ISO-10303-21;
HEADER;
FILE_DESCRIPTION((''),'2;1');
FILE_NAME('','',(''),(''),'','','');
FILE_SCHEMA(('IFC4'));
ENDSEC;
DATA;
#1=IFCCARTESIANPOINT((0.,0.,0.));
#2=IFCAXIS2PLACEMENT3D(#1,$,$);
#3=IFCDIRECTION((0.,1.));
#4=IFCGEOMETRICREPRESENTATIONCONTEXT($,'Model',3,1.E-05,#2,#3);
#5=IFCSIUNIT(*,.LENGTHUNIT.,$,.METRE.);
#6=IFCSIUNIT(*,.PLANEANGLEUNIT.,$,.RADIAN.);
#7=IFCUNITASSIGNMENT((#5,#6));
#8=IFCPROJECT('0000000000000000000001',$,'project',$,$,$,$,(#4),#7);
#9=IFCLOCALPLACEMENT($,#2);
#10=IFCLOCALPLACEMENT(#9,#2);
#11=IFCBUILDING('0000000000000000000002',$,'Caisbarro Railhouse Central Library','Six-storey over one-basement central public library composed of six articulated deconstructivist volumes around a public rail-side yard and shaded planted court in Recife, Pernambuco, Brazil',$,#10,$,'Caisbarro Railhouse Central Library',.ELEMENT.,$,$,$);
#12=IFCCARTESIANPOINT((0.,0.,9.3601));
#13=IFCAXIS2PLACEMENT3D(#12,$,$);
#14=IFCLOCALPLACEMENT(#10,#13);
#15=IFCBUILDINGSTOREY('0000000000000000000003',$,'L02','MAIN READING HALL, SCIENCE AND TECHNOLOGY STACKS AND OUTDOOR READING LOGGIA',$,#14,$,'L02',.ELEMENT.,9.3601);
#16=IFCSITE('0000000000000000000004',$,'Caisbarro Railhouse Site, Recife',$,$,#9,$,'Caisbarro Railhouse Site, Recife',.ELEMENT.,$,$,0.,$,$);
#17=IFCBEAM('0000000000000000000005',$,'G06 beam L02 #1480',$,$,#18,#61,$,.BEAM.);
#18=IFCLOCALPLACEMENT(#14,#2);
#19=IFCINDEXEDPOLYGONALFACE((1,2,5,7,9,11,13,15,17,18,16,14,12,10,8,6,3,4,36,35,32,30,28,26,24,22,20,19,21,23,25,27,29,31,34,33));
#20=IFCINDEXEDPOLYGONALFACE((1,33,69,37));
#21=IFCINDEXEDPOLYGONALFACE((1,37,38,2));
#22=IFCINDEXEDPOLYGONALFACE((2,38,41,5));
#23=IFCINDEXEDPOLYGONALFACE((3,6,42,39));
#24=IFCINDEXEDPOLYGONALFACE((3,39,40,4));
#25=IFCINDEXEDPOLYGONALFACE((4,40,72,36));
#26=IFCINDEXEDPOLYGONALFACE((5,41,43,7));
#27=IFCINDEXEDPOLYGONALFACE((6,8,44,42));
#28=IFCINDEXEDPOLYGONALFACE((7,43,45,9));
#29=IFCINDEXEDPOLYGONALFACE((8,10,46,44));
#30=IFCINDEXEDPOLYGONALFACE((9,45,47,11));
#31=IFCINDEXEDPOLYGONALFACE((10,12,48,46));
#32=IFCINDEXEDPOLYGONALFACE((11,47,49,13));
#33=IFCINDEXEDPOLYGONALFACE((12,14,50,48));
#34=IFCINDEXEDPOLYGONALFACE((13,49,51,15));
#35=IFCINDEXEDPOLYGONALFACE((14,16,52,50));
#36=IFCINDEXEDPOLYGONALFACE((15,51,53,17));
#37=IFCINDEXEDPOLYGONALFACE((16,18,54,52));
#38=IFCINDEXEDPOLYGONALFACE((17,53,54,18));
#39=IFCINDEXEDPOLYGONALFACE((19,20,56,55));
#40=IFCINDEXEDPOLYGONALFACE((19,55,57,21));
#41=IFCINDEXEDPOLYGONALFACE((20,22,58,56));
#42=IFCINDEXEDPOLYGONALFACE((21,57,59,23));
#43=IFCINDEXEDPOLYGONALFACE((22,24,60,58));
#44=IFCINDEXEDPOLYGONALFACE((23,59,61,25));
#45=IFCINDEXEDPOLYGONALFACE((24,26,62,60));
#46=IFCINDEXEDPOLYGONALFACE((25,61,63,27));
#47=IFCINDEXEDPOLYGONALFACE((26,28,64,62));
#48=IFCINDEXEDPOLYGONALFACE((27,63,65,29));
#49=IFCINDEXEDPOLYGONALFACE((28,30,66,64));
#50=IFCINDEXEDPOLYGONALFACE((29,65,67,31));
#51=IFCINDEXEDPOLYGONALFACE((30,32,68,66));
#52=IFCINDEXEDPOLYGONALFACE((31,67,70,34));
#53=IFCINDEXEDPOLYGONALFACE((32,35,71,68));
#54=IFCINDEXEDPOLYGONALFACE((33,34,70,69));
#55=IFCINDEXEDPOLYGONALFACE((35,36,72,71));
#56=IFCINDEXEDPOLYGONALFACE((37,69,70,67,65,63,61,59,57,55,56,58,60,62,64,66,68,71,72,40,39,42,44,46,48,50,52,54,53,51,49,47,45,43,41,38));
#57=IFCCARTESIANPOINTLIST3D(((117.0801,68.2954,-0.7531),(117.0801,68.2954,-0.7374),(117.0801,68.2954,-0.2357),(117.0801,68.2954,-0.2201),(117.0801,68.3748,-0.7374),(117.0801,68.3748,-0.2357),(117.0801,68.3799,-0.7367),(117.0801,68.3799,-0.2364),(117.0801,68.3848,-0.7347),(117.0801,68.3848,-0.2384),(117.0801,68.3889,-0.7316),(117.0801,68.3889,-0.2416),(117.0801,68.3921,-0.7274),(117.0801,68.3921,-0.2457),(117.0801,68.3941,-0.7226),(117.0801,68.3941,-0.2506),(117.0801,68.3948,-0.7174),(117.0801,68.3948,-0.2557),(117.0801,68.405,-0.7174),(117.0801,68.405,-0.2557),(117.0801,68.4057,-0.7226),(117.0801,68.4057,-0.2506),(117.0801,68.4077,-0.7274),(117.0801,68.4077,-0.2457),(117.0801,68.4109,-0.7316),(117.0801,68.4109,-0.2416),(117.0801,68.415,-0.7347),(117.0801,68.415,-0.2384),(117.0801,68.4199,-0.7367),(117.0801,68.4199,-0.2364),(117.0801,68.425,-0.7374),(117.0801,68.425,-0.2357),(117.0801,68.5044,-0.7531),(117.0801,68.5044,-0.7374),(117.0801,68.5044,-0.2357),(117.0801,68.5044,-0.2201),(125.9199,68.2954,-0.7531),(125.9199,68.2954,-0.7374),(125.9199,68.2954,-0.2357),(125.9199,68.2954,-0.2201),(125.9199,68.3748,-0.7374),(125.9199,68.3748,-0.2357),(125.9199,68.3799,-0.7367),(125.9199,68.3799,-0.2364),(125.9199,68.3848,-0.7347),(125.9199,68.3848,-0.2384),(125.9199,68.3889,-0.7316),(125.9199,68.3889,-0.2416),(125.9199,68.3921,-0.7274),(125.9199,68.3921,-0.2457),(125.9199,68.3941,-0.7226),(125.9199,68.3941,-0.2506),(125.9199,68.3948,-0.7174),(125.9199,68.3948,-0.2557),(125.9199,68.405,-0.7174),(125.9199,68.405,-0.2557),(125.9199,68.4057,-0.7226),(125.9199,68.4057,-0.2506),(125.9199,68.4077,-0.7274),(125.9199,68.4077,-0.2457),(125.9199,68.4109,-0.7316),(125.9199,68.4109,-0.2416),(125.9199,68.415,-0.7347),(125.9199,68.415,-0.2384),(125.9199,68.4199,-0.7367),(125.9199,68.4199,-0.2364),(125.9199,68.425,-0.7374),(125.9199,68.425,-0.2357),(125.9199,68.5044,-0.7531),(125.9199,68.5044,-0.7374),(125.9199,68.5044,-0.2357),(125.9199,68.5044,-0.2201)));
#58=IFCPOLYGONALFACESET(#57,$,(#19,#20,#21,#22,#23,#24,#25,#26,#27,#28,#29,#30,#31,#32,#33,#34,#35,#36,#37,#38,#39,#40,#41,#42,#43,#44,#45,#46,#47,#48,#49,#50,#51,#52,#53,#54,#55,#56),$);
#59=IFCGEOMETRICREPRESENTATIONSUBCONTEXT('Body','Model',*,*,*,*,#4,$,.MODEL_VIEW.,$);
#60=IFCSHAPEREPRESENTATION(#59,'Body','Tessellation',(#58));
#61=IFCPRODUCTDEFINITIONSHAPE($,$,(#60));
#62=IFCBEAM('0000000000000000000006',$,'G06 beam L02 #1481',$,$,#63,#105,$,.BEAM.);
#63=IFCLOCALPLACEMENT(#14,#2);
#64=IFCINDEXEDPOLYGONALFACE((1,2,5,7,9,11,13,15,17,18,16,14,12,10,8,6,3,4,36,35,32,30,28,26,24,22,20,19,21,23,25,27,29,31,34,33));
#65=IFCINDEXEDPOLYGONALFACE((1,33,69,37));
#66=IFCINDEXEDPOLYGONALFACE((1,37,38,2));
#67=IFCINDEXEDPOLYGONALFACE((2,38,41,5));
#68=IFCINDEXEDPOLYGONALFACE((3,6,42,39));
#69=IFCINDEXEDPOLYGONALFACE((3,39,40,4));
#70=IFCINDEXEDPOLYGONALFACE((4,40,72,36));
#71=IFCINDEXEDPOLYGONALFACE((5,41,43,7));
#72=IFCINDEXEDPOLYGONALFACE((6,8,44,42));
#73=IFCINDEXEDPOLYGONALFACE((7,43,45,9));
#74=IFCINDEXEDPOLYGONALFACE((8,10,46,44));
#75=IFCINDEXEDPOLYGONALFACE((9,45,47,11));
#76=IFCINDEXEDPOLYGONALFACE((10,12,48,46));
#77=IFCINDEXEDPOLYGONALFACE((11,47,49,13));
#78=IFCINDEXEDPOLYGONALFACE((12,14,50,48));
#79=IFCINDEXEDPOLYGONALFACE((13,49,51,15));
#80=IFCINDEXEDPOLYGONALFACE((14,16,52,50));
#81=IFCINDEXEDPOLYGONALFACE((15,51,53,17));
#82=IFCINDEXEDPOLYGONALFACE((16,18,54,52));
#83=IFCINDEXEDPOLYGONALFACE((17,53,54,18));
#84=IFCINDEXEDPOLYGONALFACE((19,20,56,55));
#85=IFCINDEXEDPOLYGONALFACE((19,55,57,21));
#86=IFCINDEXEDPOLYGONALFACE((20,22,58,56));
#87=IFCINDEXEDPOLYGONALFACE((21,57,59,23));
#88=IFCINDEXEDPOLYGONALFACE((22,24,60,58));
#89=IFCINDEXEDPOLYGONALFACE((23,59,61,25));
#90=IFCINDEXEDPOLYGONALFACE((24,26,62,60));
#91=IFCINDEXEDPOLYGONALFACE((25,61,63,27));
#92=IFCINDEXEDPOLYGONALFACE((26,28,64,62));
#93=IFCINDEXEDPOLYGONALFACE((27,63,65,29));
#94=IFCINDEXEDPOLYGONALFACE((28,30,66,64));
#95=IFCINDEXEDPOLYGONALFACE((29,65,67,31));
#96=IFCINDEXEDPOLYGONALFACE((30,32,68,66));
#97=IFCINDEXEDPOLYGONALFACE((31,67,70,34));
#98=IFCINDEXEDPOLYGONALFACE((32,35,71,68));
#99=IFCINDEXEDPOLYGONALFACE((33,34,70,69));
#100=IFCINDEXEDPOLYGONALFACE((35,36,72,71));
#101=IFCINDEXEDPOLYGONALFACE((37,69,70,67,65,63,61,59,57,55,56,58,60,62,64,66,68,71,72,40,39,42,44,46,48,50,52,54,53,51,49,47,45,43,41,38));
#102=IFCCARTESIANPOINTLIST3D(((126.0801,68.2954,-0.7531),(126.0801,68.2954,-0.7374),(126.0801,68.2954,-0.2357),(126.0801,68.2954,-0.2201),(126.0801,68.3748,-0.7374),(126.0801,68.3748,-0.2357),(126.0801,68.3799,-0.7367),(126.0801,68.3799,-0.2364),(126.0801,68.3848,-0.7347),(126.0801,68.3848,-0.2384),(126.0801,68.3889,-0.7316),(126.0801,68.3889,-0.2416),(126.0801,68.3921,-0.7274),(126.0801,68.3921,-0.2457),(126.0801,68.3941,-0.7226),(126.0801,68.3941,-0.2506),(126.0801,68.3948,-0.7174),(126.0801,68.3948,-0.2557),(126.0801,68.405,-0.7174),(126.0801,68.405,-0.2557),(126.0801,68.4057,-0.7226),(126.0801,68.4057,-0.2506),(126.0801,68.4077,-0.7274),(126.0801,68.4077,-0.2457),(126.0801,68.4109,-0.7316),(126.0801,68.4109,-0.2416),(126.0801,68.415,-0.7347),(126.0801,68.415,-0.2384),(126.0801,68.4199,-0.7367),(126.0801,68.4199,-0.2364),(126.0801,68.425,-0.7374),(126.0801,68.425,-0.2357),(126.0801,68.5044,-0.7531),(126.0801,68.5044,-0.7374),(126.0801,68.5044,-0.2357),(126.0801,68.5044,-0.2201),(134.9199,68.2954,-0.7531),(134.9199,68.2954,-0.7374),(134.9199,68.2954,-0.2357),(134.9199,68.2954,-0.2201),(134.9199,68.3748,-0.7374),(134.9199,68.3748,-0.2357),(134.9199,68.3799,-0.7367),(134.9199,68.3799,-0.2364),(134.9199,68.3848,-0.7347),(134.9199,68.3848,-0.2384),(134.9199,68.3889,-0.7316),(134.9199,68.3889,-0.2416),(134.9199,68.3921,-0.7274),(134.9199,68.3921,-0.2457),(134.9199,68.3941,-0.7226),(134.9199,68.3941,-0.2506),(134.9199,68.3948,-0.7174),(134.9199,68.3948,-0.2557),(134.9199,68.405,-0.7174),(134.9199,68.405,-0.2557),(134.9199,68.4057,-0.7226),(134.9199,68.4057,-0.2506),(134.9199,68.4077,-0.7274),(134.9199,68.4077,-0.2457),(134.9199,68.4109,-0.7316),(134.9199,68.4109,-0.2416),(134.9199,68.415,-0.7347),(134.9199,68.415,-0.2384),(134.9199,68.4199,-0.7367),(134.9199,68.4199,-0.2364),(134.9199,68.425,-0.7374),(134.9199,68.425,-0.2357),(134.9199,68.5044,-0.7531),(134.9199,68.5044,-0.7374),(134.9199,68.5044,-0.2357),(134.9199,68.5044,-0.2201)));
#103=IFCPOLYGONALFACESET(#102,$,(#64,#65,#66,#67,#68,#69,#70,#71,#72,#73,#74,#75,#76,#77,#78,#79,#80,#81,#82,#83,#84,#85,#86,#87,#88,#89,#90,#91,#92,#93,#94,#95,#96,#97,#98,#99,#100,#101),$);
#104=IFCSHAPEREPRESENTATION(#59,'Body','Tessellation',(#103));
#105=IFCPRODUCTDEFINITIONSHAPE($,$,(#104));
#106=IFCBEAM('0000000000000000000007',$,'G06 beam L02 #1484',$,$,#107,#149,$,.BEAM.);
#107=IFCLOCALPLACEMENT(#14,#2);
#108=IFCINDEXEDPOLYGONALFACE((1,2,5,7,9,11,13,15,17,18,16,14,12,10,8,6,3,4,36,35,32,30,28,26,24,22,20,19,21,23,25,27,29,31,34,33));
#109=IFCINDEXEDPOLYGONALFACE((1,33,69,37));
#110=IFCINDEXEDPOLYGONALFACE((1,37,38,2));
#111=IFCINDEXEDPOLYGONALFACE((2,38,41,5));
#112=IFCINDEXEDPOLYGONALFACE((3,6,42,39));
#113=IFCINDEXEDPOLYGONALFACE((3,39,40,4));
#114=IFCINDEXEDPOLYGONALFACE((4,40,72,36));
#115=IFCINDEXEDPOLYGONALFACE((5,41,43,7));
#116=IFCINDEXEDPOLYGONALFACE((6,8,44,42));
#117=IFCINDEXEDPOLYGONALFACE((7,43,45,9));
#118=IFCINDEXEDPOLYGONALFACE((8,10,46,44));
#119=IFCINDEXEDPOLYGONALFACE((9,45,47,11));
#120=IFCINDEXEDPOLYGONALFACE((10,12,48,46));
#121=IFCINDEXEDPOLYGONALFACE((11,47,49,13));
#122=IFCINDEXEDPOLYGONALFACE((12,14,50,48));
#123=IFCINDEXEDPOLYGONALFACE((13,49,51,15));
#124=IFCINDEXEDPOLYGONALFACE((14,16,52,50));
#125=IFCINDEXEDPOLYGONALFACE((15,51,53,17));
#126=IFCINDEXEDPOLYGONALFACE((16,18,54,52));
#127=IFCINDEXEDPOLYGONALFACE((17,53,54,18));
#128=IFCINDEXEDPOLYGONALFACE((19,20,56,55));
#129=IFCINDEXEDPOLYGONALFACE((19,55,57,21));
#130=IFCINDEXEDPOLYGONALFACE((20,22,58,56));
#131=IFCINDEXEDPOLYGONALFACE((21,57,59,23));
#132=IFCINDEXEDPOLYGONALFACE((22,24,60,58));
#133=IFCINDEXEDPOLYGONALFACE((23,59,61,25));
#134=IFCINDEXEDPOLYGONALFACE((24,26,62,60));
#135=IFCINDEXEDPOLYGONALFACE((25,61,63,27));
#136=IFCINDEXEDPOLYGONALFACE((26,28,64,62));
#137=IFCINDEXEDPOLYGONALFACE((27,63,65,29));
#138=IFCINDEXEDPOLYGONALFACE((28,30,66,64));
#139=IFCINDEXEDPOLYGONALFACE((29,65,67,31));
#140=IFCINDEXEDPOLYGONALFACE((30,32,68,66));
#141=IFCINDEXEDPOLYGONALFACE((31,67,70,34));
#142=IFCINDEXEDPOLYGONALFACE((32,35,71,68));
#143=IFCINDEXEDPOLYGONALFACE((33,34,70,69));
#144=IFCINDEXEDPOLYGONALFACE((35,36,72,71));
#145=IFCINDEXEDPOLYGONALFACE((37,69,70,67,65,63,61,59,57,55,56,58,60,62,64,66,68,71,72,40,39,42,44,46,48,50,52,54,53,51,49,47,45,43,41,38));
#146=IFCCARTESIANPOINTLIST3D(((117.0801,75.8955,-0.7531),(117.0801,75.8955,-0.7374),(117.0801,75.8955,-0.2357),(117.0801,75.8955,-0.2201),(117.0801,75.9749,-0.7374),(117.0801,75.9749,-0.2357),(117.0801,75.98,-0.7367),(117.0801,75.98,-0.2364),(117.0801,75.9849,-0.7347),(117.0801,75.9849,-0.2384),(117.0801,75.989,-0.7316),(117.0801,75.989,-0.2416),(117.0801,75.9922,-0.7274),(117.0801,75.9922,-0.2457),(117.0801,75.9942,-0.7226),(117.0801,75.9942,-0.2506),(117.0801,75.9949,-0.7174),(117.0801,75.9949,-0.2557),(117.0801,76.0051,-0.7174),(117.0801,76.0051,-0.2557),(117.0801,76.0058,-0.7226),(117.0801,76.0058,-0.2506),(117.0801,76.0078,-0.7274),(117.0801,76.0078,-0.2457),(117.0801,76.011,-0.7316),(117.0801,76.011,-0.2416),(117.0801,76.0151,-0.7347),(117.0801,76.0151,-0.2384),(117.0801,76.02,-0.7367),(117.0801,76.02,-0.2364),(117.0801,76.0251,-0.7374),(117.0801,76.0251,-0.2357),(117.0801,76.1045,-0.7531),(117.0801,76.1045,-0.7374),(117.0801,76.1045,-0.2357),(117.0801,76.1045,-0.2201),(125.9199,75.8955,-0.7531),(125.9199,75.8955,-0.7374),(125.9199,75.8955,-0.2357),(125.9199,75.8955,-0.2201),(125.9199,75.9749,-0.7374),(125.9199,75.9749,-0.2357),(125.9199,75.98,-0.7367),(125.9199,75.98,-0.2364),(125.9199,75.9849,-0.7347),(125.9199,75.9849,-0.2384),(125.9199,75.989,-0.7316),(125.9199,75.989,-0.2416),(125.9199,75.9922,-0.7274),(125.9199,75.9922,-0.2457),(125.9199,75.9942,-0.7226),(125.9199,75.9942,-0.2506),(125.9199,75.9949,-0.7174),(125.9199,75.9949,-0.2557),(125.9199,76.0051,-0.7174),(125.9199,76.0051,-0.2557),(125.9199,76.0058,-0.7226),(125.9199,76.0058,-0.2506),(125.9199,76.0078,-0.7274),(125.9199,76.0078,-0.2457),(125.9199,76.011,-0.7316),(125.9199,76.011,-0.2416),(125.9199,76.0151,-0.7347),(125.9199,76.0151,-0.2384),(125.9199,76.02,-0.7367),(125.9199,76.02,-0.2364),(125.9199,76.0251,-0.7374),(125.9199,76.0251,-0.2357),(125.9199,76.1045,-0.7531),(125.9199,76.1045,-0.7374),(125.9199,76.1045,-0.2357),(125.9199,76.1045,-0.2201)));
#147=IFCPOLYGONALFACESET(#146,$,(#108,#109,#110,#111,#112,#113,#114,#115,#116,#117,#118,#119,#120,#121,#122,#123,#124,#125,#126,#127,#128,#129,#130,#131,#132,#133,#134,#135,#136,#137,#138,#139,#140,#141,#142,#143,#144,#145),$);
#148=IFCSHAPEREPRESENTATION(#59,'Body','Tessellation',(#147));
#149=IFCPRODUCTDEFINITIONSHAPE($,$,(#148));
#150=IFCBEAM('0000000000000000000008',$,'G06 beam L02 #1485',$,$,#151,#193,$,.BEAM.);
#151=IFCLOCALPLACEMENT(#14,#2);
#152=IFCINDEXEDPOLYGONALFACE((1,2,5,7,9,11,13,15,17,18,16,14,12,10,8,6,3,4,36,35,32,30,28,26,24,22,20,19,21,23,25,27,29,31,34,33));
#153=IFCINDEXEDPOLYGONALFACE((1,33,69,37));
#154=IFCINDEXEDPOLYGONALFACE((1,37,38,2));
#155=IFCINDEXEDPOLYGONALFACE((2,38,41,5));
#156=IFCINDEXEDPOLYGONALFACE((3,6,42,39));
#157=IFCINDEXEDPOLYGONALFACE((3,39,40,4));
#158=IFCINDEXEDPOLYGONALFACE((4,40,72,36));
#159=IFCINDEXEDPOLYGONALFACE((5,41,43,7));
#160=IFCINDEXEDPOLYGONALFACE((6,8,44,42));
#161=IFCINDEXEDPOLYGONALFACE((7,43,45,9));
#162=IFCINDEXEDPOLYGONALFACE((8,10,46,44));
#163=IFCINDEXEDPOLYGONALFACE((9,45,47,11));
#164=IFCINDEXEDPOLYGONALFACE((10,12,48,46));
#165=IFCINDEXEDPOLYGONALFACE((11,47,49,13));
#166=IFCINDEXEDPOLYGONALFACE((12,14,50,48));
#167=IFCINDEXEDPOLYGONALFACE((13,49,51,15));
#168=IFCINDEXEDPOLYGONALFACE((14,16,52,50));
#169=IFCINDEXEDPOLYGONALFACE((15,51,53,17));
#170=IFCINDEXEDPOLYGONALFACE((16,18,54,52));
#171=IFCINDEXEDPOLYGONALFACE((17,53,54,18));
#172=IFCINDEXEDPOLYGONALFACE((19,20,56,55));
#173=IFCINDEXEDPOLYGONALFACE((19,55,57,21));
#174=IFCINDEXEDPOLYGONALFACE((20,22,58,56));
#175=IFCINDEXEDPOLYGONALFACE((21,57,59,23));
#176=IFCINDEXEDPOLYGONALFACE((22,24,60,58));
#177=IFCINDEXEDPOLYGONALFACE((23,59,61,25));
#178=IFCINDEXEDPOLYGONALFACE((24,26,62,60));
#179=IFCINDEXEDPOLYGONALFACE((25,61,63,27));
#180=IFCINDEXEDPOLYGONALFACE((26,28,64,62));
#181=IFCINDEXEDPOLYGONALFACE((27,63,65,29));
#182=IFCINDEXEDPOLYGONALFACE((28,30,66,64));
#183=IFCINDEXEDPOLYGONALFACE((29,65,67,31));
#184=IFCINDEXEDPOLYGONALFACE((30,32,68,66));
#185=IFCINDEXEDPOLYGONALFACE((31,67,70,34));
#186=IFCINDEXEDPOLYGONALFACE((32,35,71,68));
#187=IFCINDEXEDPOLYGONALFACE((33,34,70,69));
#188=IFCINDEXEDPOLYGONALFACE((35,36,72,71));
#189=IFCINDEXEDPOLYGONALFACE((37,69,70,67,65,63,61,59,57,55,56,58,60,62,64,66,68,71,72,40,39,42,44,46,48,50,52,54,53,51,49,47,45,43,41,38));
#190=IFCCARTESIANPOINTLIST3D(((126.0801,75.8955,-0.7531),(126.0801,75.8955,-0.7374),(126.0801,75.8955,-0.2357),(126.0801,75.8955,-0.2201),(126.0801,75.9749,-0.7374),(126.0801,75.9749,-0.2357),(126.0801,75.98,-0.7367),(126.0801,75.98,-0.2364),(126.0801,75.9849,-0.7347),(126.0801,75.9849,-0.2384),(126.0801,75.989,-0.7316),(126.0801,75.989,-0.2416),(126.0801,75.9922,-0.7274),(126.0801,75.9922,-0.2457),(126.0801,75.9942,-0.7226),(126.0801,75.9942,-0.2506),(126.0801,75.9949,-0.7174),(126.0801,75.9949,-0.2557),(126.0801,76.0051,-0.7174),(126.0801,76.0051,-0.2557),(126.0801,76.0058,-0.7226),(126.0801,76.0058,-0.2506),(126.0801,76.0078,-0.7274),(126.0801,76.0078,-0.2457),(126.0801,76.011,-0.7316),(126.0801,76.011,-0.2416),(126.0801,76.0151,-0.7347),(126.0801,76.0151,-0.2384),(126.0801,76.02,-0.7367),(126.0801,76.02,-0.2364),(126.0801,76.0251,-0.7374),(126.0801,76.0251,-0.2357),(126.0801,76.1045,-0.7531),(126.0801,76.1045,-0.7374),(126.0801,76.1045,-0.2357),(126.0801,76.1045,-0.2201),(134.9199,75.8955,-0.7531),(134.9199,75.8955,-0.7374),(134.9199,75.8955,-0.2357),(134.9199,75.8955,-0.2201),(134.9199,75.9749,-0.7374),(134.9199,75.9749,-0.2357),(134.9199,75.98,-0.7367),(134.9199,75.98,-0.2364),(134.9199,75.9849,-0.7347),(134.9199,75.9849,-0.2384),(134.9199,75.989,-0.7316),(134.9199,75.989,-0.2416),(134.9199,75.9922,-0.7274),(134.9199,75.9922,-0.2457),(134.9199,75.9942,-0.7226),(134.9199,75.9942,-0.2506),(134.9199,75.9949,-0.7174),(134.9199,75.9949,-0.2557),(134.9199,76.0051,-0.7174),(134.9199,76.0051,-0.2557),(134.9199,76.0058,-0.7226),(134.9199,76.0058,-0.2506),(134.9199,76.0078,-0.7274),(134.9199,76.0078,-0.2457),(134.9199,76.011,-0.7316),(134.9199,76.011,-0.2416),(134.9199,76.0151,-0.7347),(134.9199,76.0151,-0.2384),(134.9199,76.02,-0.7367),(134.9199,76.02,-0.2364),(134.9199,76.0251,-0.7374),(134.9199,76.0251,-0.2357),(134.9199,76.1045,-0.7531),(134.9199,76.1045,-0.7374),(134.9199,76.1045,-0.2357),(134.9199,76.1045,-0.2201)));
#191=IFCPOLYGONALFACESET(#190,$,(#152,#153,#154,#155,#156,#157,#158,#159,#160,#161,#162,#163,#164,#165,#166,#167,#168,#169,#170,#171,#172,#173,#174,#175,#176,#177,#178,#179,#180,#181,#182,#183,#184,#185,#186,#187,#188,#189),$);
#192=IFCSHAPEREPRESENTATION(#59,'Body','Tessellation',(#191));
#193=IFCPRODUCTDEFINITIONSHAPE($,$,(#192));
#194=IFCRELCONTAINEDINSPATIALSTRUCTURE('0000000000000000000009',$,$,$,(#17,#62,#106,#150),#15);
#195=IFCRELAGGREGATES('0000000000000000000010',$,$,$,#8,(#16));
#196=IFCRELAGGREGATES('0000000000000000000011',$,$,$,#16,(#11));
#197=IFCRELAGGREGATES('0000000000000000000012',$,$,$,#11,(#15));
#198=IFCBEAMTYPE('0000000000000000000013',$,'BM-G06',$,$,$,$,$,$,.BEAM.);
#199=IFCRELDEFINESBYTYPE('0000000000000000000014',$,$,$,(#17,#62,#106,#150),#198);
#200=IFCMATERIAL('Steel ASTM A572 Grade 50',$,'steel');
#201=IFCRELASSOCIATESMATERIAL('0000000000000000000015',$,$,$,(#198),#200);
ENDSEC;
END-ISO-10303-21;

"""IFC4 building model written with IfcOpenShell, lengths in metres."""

from ifc_helpers import new_model, si_unit, direction, frame, origin, origin_2d, place, context, subcontext, project, spatial, i_section, extrude, material, material_profile, profile_set, type_object, element, save


model = new_model("IFC4")

# Units and contexts
model_context = context("Model", 3, precision=1e-05, world=origin(), true_north=direction((0.0, 1.0)))
body_context = subcontext(model_context, "Body", "Model", "MODEL_VIEW")
ifc_project = project(units=[si_unit("LENGTHUNIT", "METRE"), si_unit("PLANEANGLEUNIT", "RADIAN")], contexts=[model_context])

# Site, building, storey
site_placement = place(None, origin())
site = spatial("IfcSite", under=ifc_project, at=site_placement, Name="Caisbarro Railhouse Site, Recife", LongName="Caisbarro Railhouse Site, Recife", CompositionType="ELEMENT", RefElevation=0.0)
building_placement = place(site_placement, origin())
building = spatial("IfcBuilding", under=site, at=building_placement, Name="Caisbarro Railhouse Central Library", Description="Six-storey over one-basement central public library composed of six articulated deconstructivist volumes around a public rail-side yard and shaded planted court in Recife, Pernambuco, Brazil", LongName="Caisbarro Railhouse Central Library", CompositionType="ELEMENT")
storey_placement = place(building_placement, frame((0.0, 0.0, 9.3601)))
storey = spatial("IfcBuildingStorey", under=building, at=storey_placement, Name="L02", Description="MAIN READING HALL, SCIENCE AND TECHNOLOGY STACKS AND OUTDOOR READING LOGGIA", LongName="L02", CompositionType="ELEMENT", Elevation=9.3601)

# Shared definitions
ifc_material_1 = material(Name="Steel ASTM A572 Grade 50", Category="steel")

# Beams
ifc_material_profile_1 = material_profile(ifc_material_1, i_section(OverallWidth=0.209, OverallDepth=0.533, WebThickness=0.0103, FlangeThickness=0.0156, FilletRadius=0.02, at=origin_2d()), Name="W530X92.0")
ifc_profile_set_1 = profile_set([ifc_material_profile_1], Name="Steel ASTM A572 Grade 50")
beam_type_1 = type_object("IfcBeamType", Name="BM-G06", PredefinedType="BEAM", material=ifc_profile_set_1)
for number, where, z_axis, x_axis, name in (
    (1, (117.0801, 68.3999, -0.4866), (1.0, 0.0, 0.0), (0.0, 1.0, 0.0), "G06 beam L02 #1480"),
    (2, (126.0801, 68.3999, -0.4866), (1.0, 0.0, 0.0), (0.0, 1.0, 0.0), "G06 beam L02 #1481"),
    (3, (117.0801, 76.0, -0.4866), (1.0, 0.0, 0.0), (0.0, 1.0, 0.0), "G06 beam L02 #1484"),
    (4, (126.0801, 76.0, -0.4866), (1.0, 0.0, 0.0), (0.0, 1.0, 0.0), "G06 beam L02 #1485"),
):
    element("IfcBeam", number, at=place(storey_placement, frame(where, z_axis=z_axis, x_axis=x_axis)), inside=storey, type_object=beam_type_1, Name=name, PredefinedType="BEAM", context=body_context, shape_type="SweptSolid", body=[
        extrude(i_section(OverallWidth=0.209, OverallDepth=0.533, WebThickness=0.0103, FlangeThickness=0.0156, FilletRadius=0.02, at=origin_2d()), origin(), (0.0, 0.0, 1.0), 8.8398),
    ])

save(model, "model.ifc")
